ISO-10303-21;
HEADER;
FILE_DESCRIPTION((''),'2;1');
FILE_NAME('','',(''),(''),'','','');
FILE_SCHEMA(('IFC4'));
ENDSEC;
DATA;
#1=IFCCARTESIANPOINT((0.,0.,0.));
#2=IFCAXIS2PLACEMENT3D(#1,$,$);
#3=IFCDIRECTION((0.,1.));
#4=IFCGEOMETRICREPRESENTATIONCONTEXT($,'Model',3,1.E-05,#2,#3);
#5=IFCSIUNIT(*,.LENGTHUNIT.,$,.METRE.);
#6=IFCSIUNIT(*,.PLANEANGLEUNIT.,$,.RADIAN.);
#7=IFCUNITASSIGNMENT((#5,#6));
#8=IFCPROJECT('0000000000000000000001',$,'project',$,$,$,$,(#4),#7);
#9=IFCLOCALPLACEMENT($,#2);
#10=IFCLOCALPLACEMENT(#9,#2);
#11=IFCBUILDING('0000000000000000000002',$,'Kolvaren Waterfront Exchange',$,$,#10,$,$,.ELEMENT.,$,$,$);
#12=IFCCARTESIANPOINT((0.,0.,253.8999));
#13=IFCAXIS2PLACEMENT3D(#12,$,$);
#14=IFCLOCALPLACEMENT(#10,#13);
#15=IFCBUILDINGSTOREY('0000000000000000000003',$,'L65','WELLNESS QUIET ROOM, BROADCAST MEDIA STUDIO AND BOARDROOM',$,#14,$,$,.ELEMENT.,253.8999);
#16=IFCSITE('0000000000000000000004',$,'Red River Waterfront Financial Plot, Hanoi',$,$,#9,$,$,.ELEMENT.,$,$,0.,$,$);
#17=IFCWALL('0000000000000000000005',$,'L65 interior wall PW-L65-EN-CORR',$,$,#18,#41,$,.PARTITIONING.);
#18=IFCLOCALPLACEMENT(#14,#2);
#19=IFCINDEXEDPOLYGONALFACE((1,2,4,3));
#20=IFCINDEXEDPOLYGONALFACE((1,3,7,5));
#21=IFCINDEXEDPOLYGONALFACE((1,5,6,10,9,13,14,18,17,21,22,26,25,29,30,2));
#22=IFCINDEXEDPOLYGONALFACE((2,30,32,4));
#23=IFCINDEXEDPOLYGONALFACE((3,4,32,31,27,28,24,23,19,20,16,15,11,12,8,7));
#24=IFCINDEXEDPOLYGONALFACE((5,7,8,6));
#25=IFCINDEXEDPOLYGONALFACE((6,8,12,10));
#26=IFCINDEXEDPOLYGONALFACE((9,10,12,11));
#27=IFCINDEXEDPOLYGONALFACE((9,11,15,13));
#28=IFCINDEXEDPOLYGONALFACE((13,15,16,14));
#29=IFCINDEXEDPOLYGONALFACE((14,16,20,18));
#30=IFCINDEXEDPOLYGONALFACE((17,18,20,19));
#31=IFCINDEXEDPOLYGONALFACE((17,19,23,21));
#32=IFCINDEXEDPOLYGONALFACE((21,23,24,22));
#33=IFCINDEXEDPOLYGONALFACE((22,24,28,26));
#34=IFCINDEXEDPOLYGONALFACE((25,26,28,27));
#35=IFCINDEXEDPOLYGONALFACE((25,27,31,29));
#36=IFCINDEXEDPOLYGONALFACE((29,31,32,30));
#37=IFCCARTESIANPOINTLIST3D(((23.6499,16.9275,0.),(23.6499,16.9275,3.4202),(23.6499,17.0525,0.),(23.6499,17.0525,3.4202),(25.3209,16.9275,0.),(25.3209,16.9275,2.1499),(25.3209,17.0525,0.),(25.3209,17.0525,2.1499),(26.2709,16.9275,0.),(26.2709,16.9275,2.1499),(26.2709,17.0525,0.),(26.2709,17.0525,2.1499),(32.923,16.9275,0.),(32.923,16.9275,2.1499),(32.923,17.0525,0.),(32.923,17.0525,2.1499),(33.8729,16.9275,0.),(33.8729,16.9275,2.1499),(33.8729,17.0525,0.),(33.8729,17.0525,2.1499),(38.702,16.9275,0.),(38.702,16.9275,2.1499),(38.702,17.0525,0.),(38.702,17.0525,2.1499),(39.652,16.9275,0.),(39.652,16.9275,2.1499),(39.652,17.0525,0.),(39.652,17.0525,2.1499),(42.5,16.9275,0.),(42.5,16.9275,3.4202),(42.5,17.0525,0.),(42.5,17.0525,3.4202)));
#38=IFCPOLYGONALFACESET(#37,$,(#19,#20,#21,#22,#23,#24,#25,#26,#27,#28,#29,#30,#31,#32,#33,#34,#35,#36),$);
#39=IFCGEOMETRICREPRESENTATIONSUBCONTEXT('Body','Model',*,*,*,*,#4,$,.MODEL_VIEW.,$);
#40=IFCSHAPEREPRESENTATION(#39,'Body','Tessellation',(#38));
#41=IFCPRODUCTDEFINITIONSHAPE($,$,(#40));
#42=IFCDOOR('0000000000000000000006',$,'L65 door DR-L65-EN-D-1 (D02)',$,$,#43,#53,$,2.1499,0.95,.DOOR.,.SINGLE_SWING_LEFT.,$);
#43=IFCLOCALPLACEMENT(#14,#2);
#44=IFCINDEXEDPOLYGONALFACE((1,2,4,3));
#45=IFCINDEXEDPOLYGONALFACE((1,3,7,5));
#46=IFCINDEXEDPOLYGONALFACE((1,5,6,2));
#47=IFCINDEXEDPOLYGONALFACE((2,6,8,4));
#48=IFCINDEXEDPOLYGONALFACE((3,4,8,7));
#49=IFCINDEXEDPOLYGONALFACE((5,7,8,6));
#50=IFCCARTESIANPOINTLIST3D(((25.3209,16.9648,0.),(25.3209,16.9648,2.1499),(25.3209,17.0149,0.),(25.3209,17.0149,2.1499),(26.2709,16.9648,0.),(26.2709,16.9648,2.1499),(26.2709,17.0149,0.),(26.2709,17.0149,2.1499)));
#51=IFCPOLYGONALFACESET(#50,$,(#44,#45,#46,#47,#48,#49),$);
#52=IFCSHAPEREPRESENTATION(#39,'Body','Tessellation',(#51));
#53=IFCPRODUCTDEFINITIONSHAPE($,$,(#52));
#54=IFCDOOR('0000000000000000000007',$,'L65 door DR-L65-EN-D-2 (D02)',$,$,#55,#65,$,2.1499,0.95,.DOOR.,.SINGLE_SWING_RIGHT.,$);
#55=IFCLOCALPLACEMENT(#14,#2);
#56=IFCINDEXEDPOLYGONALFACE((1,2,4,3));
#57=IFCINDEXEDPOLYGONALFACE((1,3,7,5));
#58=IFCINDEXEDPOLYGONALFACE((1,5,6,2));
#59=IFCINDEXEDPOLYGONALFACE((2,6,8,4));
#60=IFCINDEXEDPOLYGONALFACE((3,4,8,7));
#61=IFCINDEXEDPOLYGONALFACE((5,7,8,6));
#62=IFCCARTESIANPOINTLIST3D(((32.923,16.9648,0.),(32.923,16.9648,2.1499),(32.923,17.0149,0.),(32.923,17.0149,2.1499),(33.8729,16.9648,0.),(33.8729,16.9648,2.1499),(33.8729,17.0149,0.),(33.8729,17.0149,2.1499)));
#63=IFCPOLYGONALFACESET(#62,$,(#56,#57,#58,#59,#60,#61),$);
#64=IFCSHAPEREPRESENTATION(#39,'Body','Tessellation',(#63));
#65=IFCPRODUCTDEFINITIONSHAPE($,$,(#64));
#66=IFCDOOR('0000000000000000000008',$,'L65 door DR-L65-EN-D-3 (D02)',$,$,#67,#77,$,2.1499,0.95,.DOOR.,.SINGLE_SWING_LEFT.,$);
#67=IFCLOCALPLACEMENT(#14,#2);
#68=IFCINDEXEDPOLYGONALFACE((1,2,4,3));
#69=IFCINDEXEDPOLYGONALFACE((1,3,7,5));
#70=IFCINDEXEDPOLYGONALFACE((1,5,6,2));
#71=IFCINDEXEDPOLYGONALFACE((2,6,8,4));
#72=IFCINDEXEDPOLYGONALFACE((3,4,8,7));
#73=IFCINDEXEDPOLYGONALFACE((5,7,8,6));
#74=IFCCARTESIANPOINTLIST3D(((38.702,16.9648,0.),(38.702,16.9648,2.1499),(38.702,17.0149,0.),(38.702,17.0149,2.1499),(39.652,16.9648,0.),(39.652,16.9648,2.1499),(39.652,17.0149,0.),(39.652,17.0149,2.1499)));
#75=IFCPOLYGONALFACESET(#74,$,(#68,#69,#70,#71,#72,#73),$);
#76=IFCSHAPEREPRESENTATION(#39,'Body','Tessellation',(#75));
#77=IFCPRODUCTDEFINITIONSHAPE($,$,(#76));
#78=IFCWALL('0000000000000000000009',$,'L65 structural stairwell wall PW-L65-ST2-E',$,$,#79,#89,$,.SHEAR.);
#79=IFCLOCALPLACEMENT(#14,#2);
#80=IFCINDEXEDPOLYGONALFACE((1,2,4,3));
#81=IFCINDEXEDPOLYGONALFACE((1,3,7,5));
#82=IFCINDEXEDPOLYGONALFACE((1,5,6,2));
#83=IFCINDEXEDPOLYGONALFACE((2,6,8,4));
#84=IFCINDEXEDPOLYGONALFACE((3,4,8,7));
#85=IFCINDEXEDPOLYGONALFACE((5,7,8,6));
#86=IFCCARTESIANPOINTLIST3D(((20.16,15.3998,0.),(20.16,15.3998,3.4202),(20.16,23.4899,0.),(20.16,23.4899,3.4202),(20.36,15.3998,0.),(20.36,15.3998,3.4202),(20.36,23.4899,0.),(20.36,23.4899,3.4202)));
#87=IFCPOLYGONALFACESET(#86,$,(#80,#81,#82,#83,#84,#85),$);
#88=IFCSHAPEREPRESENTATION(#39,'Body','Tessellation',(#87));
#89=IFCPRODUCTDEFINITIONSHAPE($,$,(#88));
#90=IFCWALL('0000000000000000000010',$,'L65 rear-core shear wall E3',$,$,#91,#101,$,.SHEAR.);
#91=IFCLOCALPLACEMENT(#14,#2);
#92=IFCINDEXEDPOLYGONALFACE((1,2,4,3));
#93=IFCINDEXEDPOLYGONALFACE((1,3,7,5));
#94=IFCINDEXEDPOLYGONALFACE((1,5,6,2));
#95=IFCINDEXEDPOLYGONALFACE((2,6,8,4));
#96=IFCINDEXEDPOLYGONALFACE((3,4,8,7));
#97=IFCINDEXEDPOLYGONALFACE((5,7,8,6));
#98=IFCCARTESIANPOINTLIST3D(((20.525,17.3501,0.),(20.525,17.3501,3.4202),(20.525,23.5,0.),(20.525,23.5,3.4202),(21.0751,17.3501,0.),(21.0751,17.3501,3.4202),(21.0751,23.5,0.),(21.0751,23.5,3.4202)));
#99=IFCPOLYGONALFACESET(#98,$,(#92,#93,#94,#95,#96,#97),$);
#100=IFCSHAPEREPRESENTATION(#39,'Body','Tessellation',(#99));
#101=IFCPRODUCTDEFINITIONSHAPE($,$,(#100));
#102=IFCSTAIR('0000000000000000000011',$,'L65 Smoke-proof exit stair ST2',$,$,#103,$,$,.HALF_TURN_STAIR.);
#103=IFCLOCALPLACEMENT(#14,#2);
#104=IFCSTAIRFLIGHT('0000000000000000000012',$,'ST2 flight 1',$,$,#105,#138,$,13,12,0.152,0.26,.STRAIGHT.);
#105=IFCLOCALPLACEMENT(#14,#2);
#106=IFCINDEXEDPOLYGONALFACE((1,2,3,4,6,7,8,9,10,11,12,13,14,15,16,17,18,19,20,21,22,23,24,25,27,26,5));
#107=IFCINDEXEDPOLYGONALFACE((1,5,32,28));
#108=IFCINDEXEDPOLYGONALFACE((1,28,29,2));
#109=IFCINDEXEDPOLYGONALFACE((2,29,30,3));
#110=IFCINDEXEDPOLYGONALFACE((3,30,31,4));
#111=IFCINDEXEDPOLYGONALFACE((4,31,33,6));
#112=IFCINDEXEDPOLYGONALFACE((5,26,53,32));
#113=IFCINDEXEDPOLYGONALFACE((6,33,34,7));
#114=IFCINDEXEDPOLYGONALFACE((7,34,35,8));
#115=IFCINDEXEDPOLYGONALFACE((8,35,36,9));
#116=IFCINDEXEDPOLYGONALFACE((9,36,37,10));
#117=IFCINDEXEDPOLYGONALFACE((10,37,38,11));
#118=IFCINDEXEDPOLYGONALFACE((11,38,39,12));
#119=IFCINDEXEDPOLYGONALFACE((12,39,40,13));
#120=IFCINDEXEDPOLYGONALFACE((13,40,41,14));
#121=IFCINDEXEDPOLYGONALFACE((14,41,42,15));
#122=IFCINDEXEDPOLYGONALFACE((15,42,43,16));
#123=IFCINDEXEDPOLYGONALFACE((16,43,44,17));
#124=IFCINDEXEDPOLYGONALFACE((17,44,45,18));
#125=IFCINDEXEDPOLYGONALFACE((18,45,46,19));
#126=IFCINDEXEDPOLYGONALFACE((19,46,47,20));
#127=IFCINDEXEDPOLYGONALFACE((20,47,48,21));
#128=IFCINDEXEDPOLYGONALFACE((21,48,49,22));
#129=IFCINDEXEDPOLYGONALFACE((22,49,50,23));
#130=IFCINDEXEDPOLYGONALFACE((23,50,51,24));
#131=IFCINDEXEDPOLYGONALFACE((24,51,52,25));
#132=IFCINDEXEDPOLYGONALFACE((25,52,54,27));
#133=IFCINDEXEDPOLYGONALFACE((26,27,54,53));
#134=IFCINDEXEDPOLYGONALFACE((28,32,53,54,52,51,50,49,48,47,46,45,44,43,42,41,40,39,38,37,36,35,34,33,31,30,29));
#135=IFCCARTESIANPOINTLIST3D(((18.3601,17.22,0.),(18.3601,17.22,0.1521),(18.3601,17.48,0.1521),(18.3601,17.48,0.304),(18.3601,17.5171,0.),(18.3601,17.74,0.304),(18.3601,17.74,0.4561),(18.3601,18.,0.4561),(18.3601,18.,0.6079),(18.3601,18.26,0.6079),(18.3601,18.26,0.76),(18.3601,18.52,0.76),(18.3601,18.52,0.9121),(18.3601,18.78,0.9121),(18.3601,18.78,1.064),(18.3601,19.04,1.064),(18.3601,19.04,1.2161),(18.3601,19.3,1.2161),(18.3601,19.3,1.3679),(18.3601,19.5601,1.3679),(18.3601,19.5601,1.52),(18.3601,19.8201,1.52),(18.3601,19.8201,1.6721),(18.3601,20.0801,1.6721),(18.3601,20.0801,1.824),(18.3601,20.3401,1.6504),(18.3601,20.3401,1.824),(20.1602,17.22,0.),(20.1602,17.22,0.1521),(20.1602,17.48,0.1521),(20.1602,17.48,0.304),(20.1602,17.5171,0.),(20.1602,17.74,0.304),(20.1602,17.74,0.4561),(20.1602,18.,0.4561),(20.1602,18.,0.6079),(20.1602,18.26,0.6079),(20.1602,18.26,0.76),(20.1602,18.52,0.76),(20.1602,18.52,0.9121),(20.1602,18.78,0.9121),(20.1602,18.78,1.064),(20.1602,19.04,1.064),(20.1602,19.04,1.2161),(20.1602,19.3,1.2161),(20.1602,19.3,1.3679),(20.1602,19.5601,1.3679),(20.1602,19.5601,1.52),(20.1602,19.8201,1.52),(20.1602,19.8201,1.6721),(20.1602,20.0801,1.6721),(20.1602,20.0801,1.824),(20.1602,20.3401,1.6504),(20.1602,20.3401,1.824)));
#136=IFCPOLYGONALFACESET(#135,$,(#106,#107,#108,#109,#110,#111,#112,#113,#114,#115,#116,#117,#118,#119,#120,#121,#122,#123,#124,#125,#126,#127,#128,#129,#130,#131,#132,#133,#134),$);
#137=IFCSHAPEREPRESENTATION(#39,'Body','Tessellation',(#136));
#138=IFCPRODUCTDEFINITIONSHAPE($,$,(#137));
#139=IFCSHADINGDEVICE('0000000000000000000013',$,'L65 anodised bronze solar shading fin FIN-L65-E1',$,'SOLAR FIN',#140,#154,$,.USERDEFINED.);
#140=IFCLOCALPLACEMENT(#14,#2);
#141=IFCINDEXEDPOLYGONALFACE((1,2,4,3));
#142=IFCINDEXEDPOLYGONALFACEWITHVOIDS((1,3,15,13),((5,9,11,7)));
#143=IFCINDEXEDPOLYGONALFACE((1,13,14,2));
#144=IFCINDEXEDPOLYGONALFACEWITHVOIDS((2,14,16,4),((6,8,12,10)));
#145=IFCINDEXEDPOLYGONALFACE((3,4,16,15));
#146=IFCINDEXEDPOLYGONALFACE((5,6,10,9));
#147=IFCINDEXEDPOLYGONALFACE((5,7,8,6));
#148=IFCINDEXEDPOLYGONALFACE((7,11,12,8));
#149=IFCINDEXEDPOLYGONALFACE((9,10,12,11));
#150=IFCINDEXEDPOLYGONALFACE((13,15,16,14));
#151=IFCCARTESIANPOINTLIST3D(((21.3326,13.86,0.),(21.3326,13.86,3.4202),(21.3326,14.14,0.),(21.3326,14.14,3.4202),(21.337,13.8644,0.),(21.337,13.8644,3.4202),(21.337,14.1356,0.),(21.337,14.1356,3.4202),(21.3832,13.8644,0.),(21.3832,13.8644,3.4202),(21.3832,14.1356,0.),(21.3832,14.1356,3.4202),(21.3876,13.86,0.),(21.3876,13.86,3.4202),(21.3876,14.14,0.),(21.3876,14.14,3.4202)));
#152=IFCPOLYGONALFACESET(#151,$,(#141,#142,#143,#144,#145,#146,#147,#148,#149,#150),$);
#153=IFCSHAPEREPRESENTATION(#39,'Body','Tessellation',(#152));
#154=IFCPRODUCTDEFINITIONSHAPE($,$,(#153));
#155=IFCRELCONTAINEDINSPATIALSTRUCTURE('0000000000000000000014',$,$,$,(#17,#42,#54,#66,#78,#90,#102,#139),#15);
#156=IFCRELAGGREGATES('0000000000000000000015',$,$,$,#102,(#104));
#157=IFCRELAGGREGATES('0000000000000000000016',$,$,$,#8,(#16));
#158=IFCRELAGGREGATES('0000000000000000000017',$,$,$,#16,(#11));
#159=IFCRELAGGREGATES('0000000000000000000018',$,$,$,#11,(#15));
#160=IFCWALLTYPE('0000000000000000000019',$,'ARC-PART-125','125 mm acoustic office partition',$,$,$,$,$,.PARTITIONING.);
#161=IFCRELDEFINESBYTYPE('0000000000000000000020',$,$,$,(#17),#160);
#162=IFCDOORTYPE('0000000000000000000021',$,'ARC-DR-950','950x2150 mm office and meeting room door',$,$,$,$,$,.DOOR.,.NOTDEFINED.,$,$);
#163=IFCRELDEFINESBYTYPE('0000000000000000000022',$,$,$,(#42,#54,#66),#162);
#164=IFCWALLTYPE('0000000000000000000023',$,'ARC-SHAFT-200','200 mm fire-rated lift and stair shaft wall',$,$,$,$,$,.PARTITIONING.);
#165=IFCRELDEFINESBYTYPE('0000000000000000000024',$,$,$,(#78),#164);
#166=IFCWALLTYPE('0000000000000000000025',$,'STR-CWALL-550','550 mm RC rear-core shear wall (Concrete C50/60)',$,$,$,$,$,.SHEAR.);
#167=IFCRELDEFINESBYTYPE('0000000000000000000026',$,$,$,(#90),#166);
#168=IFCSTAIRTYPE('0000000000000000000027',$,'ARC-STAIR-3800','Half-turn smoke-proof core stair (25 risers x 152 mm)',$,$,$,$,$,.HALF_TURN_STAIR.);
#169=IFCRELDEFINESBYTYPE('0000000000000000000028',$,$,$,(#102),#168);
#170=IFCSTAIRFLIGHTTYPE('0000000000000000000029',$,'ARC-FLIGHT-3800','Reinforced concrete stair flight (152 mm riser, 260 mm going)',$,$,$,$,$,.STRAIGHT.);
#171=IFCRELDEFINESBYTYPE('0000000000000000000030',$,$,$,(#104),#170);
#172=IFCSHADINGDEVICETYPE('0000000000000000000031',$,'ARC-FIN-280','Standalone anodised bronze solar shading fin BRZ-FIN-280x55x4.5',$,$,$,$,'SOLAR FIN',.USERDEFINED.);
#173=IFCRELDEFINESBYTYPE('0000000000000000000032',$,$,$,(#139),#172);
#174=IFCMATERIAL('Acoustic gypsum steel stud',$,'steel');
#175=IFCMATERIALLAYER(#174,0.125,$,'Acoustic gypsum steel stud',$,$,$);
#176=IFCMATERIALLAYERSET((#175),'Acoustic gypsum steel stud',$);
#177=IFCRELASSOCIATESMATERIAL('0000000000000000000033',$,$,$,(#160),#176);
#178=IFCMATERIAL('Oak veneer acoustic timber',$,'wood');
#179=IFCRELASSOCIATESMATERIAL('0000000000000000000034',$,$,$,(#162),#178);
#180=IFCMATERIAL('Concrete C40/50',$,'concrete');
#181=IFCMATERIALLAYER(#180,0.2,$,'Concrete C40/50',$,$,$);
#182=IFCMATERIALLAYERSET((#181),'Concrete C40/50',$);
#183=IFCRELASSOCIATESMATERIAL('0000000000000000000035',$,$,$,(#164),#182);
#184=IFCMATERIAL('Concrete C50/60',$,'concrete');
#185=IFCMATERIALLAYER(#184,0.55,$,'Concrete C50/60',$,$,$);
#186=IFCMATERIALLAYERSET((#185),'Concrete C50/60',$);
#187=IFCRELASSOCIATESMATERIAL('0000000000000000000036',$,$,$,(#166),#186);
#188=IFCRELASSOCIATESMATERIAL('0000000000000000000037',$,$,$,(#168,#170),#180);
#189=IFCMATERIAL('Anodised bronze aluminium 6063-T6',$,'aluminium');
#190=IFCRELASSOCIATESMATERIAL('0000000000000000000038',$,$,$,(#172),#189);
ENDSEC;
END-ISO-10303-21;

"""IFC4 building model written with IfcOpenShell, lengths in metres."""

from ifc_helpers import new_model, si_unit, direction, frame, frame_2d, origin, origin_2d, place, context, subcontext, project, spatial, polyline, rectangle, hollow_rectangle, outline, extrude, material, layer, layer_set, material_profile, profile_set, type_object, element, fill, aggregate, save


model = new_model("IFC4")

# Units and contexts
model_context = context("Model", 3, precision=1e-05, world=origin(), true_north=direction((0.0, 1.0)))
body_context = subcontext(model_context, "Body", "Model", "MODEL_VIEW")
ifc_project = project(units=[si_unit("LENGTHUNIT", "METRE"), si_unit("PLANEANGLEUNIT", "RADIAN")], contexts=[model_context])

# Site, building, storey
site_placement = place(None, origin())
site = spatial("IfcSite", under=ifc_project, at=site_placement, Name="Red River Waterfront Financial Plot, Hanoi", CompositionType="ELEMENT", RefElevation=0.0)
building_placement = place(site_placement, origin())
building = spatial("IfcBuilding", under=site, at=building_placement, Name="Kolvaren Waterfront Exchange", CompositionType="ELEMENT")
storey_placement = place(building_placement, frame((0.0, 0.0, 253.8999)))
storey = spatial("IfcBuildingStorey", under=building, at=storey_placement, Name="L65", Description="WELLNESS QUIET ROOM, BROADCAST MEDIA STUDIO AND BOARDROOM", CompositionType="ELEMENT", Elevation=253.8999)

# Shared definitions
ifc_material_1 = material(Name="Concrete C50/60", Category="concrete")

# Shared definitions
ifc_material_2 = material(Name="Acoustic gypsum steel stud", Category="steel")
ifc_layer_1 = layer(ifc_material_2, 0.125, Name="Acoustic gypsum steel stud")
ifc_layer_set_1 = layer_set([ifc_layer_1], Name="Acoustic gypsum steel stud")
wall_type_1 = type_object("IfcWallType", Name="ARC-PART-125", Description="125 mm acoustic office partition", PredefinedType="PARTITIONING", material=ifc_layer_set_1)
ifc_material_3 = material(Name="Oak veneer acoustic timber", Category="wood")
door_type = type_object("IfcDoorType", Name="ARC-DR-950", Description="950x2150 mm office and meeting room door", OperationType="NOTDEFINED", PredefinedType="DOOR", material=ifc_material_3)

# Wall, openings, doors
wall_1_placement = place(storey_placement, frame((23.6499, 16.99, 0.0), z_axis=(0.0, 0.0, 1.0), x_axis=(1.0, 0.0, 0.0)))
wall_1 = element("IfcWall", 1, at=wall_1_placement, inside=storey, type_object=wall_type_1, Name="L65 interior wall PW-L65-EN-CORR", PredefinedType="PARTITIONING", context=body_context, shape_type="SweptSolid", body=[
    extrude(rectangle(XDim=18.8501, YDim=0.125, at=frame_2d((9.425, 0.0))), origin(), (0.0, 0.0, 1.0), 3.4202),
])
opening_1_placement = place(wall_1_placement, frame((1.6709, 0.0, 0.0)))
opening_1 = element("IfcOpeningElement", 2, at=opening_1_placement, cuts=wall_1, PredefinedType="OPENING", context=body_context, shape_type="SweptSolid", body=[
    extrude(rectangle(XDim=0.95, YDim=2.1499, at=frame_2d((0.4751, 1.075))), frame((0.0, 0.0725, 0.0), z_axis=(0.0, -1.0, 0.0), x_axis=(1.0, 0.0, 0.0)), (0.0, 0.0, 1.0), 0.145),
])
opening_2_placement = place(wall_1_placement, frame((9.2729, 0.0, 0.0)))
opening_2 = element("IfcOpeningElement", 3, at=opening_2_placement, cuts=wall_1, PredefinedType="OPENING", context=body_context, shape_type="SweptSolid", body=[
    extrude(rectangle(XDim=0.95, YDim=2.1499, at=frame_2d((0.4751, 1.075))), frame((0.0, 0.0725, 0.0), z_axis=(0.0, -1.0, 0.0), x_axis=(1.0, 0.0, 0.0)), (0.0, 0.0, 1.0), 0.145),
])
opening_3_placement = place(wall_1_placement, frame((15.052, 0.0, 0.0)))
opening_3 = element("IfcOpeningElement", 4, at=opening_3_placement, cuts=wall_1, PredefinedType="OPENING", context=body_context, shape_type="SweptSolid", body=[
    extrude(rectangle(XDim=0.95, YDim=2.1499, at=frame_2d((0.4751, 1.075))), frame((0.0, 0.0725, 0.0), z_axis=(0.0, -1.0, 0.0), x_axis=(1.0, 0.0, 0.0)), (0.0, 0.0, 1.0), 0.145),
])
door_1_placement = place(opening_1_placement, origin())
door_1 = element("IfcDoor", 5, at=door_1_placement, inside=storey, type_object=door_type, Name="L65 door DR-L65-EN-D-1 (D02)", OperationType="SINGLE_SWING_LEFT", OverallHeight=2.1499, OverallWidth=0.95, PredefinedType="DOOR", context=body_context, shape_type="SweptSolid", body=[
    extrude(rectangle(XDim=0.95, YDim=2.1499, at=frame_2d((0.4751, 1.075))), frame((0.0, 0.0249, 0.0), z_axis=(0.0, -1.0, 0.0), x_axis=(1.0, 0.0, 0.0)), (0.0, 0.0, 1.0), 0.05),
])
fill(opening_1, door_1)
door_2_placement = place(opening_2_placement, origin())
door_2 = element("IfcDoor", 6, at=door_2_placement, inside=storey, type_object=door_type, Name="L65 door DR-L65-EN-D-2 (D02)", OperationType="SINGLE_SWING_RIGHT", OverallHeight=2.1499, OverallWidth=0.95, PredefinedType="DOOR", context=body_context, shape_type="SweptSolid", body=[
    extrude(rectangle(XDim=0.95, YDim=2.1499, at=frame_2d((0.4751, 1.075))), frame((0.0, 0.0249, 0.0), z_axis=(0.0, -1.0, 0.0), x_axis=(1.0, 0.0, 0.0)), (0.0, 0.0, 1.0), 0.05),
])
fill(opening_2, door_2)
door_3_placement = place(opening_3_placement, origin())
door_3 = element("IfcDoor", 7, at=door_3_placement, inside=storey, type_object=door_type, Name="L65 door DR-L65-EN-D-3 (D02)", OperationType="SINGLE_SWING_LEFT", OverallHeight=2.1499, OverallWidth=0.95, PredefinedType="DOOR", context=body_context, shape_type="SweptSolid", body=[
    extrude(rectangle(XDim=0.95, YDim=2.1499, at=frame_2d((0.4751, 1.075))), frame((0.0, 0.0249, 0.0), z_axis=(0.0, -1.0, 0.0), x_axis=(1.0, 0.0, 0.0)), (0.0, 0.0, 1.0), 0.05),
])
fill(opening_3, door_3)

# Walls
ifc_material_4 = material(Name="Concrete C40/50", Category="concrete")
ifc_layer_2 = layer(ifc_material_4, 0.2, Name="Concrete C40/50")
ifc_layer_set_2 = layer_set([ifc_layer_2], Name="Concrete C40/50")
wall_type_2 = type_object("IfcWallType", Name="ARC-SHAFT-200", Description="200 mm fire-rated lift and stair shaft wall", PredefinedType="PARTITIONING", material=ifc_layer_set_2)
wall_2_placement = place(storey_placement, frame((20.26, 15.3999, 0.0), z_axis=(0.0, 0.0, 1.0), x_axis=(0.0, 1.0, 0.0)))
element("IfcWall", 8, at=wall_2_placement, inside=storey, type_object=wall_type_2, Name="L65 structural stairwell wall PW-L65-ST2-E", PredefinedType="SHEAR", context=body_context, shape_type="SweptSolid", body=[
    extrude(rectangle(XDim=8.0901, YDim=0.2, at=frame_2d((4.0449, 0.0))), origin(), (0.0, 0.0, 1.0), 3.4202),
])
ifc_layer_3 = layer(ifc_material_1, 0.55, Name="Concrete C50/60")
ifc_layer_set_3 = layer_set([ifc_layer_3], Name="Concrete C50/60")
wall_type_3 = type_object("IfcWallType", Name="STR-CWALL-550", Description="550 mm RC rear-core shear wall (Concrete C50/60)", PredefinedType="SHEAR", material=ifc_layer_set_3)
wall_3_placement = place(storey_placement, frame((20.8, 17.3501, 0.0), z_axis=(0.0, 0.0, 1.0), x_axis=(0.0, 1.0, 0.0)))
element("IfcWall", 9, at=wall_3_placement, inside=storey, type_object=wall_type_3, Name="L65 rear-core shear wall E3", PredefinedType="SHEAR", context=body_context, shape_type="SweptSolid", body=[
    extrude(rectangle(XDim=6.1499, YDim=0.55, at=frame_2d((3.075, 0.0))), origin(), (0.0, 0.0, 1.0), 3.4202),
])

# Stair, stair flight
stair_type = type_object("IfcStairType", Name="ARC-STAIR-3800", Description="Half-turn smoke-proof core stair (25 risers x 152 mm)", PredefinedType="HALF_TURN_STAIR", material=ifc_material_4)
stair_placement = place(storey_placement, origin())
stair = element("IfcStair", 10, at=stair_placement, inside=storey, type_object=stair_type, Name="L65 Smoke-proof exit stair ST2", PredefinedType="HALF_TURN_STAIR")
stair_flight_type = type_object("IfcStairFlightType", Name="ARC-FLIGHT-3800", Description="Reinforced concrete stair flight (152 mm riser, 260 mm going)", PredefinedType="STRAIGHT", material=ifc_material_4)
stair_flight_placement = place(storey_placement, frame((19.26, 17.22, 0.0), z_axis=(0.0, 0.0, 1.0), x_axis=(0.0, 1.0, 0.0)))
stair_flight = element("IfcStairFlight", 11, at=stair_flight_placement, type_object=stair_flight_type, Name="ST2 flight 1", NumberOfRisers=13, NumberOfTreads=12, PredefinedType="STRAIGHT", RiserHeight=0.152, TreadLength=0.26, context=body_context, shape_type="SweptSolid", body=[
    extrude(outline(polyline([(0.0, 0.0), (0.0, 0.1521), (0.26, 0.1521), (0.26, 0.304), (0.52, 0.304), (0.52, 0.4561), (0.78, 0.4561), (0.78, 0.6079), (1.04, 0.6079), (1.04, 0.76), (1.3, 0.76), (1.3, 0.9121), (1.5601, 0.9121), (1.5601, 1.064), (1.8201, 1.064), (1.8201, 1.2161), (2.0801, 1.2161), (2.0801, 1.3679), (2.3401, 1.3679), (2.3401, 1.52), (2.6001, 1.52), (2.6001, 1.6721), (2.8601, 1.6721), (2.8601, 1.824), (3.1201, 1.824), (3.1201, 1.9761), (3.1201, 1.6504), (0.2971, 0.0), (0.0, 0.0)])), frame((0.0, 0.8999, 0.0), z_axis=(0.0, -1.0, 0.0), x_axis=(1.0, 0.0, 0.0)), (0.0, 0.0, 1.0), 1.8),
])
aggregate(stair, [stair_flight])

# Shading device
ifc_material_5 = material(Name="Anodised bronze aluminium 6063-T6", Category="aluminium")
ifc_material_profile_1 = material_profile(ifc_material_5, hollow_rectangle(XDim=0.0549, YDim=0.28, WallThickness=0.0044, at=origin_2d()), Name="BRZ-FIN-280x55x4.5")
ifc_profile_set_1 = profile_set([ifc_material_profile_1], Name="Anodised bronze aluminium 6063-T6")
shading_device_type = type_object("IfcShadingDeviceType", Name="ARC-FIN-280", Description="Standalone anodised bronze solar shading fin BRZ-FIN-280x55x4.5", ElementType="SOLAR FIN", PredefinedType="USERDEFINED", material=ifc_profile_set_1)
shading_device_placement = place(storey_placement, frame((21.3601, 14.0, 0.0), z_axis=(0.0, 0.0, 1.0), x_axis=(1.0, 0.0, 0.0)))
element("IfcShadingDevice", 12, at=shading_device_placement, inside=storey, type_object=shading_device_type, Name="L65 anodised bronze solar shading fin FIN-L65-E1", ObjectType="SOLAR FIN", PredefinedType="USERDEFINED", context=body_context, shape_type="SweptSolid", body=[
    extrude(hollow_rectangle(XDim=0.0549, YDim=0.28, WallThickness=0.0044, at=origin_2d()), origin(), (0.0, 0.0, 1.0), 3.4202),
])

save(model, "model.ifc")
